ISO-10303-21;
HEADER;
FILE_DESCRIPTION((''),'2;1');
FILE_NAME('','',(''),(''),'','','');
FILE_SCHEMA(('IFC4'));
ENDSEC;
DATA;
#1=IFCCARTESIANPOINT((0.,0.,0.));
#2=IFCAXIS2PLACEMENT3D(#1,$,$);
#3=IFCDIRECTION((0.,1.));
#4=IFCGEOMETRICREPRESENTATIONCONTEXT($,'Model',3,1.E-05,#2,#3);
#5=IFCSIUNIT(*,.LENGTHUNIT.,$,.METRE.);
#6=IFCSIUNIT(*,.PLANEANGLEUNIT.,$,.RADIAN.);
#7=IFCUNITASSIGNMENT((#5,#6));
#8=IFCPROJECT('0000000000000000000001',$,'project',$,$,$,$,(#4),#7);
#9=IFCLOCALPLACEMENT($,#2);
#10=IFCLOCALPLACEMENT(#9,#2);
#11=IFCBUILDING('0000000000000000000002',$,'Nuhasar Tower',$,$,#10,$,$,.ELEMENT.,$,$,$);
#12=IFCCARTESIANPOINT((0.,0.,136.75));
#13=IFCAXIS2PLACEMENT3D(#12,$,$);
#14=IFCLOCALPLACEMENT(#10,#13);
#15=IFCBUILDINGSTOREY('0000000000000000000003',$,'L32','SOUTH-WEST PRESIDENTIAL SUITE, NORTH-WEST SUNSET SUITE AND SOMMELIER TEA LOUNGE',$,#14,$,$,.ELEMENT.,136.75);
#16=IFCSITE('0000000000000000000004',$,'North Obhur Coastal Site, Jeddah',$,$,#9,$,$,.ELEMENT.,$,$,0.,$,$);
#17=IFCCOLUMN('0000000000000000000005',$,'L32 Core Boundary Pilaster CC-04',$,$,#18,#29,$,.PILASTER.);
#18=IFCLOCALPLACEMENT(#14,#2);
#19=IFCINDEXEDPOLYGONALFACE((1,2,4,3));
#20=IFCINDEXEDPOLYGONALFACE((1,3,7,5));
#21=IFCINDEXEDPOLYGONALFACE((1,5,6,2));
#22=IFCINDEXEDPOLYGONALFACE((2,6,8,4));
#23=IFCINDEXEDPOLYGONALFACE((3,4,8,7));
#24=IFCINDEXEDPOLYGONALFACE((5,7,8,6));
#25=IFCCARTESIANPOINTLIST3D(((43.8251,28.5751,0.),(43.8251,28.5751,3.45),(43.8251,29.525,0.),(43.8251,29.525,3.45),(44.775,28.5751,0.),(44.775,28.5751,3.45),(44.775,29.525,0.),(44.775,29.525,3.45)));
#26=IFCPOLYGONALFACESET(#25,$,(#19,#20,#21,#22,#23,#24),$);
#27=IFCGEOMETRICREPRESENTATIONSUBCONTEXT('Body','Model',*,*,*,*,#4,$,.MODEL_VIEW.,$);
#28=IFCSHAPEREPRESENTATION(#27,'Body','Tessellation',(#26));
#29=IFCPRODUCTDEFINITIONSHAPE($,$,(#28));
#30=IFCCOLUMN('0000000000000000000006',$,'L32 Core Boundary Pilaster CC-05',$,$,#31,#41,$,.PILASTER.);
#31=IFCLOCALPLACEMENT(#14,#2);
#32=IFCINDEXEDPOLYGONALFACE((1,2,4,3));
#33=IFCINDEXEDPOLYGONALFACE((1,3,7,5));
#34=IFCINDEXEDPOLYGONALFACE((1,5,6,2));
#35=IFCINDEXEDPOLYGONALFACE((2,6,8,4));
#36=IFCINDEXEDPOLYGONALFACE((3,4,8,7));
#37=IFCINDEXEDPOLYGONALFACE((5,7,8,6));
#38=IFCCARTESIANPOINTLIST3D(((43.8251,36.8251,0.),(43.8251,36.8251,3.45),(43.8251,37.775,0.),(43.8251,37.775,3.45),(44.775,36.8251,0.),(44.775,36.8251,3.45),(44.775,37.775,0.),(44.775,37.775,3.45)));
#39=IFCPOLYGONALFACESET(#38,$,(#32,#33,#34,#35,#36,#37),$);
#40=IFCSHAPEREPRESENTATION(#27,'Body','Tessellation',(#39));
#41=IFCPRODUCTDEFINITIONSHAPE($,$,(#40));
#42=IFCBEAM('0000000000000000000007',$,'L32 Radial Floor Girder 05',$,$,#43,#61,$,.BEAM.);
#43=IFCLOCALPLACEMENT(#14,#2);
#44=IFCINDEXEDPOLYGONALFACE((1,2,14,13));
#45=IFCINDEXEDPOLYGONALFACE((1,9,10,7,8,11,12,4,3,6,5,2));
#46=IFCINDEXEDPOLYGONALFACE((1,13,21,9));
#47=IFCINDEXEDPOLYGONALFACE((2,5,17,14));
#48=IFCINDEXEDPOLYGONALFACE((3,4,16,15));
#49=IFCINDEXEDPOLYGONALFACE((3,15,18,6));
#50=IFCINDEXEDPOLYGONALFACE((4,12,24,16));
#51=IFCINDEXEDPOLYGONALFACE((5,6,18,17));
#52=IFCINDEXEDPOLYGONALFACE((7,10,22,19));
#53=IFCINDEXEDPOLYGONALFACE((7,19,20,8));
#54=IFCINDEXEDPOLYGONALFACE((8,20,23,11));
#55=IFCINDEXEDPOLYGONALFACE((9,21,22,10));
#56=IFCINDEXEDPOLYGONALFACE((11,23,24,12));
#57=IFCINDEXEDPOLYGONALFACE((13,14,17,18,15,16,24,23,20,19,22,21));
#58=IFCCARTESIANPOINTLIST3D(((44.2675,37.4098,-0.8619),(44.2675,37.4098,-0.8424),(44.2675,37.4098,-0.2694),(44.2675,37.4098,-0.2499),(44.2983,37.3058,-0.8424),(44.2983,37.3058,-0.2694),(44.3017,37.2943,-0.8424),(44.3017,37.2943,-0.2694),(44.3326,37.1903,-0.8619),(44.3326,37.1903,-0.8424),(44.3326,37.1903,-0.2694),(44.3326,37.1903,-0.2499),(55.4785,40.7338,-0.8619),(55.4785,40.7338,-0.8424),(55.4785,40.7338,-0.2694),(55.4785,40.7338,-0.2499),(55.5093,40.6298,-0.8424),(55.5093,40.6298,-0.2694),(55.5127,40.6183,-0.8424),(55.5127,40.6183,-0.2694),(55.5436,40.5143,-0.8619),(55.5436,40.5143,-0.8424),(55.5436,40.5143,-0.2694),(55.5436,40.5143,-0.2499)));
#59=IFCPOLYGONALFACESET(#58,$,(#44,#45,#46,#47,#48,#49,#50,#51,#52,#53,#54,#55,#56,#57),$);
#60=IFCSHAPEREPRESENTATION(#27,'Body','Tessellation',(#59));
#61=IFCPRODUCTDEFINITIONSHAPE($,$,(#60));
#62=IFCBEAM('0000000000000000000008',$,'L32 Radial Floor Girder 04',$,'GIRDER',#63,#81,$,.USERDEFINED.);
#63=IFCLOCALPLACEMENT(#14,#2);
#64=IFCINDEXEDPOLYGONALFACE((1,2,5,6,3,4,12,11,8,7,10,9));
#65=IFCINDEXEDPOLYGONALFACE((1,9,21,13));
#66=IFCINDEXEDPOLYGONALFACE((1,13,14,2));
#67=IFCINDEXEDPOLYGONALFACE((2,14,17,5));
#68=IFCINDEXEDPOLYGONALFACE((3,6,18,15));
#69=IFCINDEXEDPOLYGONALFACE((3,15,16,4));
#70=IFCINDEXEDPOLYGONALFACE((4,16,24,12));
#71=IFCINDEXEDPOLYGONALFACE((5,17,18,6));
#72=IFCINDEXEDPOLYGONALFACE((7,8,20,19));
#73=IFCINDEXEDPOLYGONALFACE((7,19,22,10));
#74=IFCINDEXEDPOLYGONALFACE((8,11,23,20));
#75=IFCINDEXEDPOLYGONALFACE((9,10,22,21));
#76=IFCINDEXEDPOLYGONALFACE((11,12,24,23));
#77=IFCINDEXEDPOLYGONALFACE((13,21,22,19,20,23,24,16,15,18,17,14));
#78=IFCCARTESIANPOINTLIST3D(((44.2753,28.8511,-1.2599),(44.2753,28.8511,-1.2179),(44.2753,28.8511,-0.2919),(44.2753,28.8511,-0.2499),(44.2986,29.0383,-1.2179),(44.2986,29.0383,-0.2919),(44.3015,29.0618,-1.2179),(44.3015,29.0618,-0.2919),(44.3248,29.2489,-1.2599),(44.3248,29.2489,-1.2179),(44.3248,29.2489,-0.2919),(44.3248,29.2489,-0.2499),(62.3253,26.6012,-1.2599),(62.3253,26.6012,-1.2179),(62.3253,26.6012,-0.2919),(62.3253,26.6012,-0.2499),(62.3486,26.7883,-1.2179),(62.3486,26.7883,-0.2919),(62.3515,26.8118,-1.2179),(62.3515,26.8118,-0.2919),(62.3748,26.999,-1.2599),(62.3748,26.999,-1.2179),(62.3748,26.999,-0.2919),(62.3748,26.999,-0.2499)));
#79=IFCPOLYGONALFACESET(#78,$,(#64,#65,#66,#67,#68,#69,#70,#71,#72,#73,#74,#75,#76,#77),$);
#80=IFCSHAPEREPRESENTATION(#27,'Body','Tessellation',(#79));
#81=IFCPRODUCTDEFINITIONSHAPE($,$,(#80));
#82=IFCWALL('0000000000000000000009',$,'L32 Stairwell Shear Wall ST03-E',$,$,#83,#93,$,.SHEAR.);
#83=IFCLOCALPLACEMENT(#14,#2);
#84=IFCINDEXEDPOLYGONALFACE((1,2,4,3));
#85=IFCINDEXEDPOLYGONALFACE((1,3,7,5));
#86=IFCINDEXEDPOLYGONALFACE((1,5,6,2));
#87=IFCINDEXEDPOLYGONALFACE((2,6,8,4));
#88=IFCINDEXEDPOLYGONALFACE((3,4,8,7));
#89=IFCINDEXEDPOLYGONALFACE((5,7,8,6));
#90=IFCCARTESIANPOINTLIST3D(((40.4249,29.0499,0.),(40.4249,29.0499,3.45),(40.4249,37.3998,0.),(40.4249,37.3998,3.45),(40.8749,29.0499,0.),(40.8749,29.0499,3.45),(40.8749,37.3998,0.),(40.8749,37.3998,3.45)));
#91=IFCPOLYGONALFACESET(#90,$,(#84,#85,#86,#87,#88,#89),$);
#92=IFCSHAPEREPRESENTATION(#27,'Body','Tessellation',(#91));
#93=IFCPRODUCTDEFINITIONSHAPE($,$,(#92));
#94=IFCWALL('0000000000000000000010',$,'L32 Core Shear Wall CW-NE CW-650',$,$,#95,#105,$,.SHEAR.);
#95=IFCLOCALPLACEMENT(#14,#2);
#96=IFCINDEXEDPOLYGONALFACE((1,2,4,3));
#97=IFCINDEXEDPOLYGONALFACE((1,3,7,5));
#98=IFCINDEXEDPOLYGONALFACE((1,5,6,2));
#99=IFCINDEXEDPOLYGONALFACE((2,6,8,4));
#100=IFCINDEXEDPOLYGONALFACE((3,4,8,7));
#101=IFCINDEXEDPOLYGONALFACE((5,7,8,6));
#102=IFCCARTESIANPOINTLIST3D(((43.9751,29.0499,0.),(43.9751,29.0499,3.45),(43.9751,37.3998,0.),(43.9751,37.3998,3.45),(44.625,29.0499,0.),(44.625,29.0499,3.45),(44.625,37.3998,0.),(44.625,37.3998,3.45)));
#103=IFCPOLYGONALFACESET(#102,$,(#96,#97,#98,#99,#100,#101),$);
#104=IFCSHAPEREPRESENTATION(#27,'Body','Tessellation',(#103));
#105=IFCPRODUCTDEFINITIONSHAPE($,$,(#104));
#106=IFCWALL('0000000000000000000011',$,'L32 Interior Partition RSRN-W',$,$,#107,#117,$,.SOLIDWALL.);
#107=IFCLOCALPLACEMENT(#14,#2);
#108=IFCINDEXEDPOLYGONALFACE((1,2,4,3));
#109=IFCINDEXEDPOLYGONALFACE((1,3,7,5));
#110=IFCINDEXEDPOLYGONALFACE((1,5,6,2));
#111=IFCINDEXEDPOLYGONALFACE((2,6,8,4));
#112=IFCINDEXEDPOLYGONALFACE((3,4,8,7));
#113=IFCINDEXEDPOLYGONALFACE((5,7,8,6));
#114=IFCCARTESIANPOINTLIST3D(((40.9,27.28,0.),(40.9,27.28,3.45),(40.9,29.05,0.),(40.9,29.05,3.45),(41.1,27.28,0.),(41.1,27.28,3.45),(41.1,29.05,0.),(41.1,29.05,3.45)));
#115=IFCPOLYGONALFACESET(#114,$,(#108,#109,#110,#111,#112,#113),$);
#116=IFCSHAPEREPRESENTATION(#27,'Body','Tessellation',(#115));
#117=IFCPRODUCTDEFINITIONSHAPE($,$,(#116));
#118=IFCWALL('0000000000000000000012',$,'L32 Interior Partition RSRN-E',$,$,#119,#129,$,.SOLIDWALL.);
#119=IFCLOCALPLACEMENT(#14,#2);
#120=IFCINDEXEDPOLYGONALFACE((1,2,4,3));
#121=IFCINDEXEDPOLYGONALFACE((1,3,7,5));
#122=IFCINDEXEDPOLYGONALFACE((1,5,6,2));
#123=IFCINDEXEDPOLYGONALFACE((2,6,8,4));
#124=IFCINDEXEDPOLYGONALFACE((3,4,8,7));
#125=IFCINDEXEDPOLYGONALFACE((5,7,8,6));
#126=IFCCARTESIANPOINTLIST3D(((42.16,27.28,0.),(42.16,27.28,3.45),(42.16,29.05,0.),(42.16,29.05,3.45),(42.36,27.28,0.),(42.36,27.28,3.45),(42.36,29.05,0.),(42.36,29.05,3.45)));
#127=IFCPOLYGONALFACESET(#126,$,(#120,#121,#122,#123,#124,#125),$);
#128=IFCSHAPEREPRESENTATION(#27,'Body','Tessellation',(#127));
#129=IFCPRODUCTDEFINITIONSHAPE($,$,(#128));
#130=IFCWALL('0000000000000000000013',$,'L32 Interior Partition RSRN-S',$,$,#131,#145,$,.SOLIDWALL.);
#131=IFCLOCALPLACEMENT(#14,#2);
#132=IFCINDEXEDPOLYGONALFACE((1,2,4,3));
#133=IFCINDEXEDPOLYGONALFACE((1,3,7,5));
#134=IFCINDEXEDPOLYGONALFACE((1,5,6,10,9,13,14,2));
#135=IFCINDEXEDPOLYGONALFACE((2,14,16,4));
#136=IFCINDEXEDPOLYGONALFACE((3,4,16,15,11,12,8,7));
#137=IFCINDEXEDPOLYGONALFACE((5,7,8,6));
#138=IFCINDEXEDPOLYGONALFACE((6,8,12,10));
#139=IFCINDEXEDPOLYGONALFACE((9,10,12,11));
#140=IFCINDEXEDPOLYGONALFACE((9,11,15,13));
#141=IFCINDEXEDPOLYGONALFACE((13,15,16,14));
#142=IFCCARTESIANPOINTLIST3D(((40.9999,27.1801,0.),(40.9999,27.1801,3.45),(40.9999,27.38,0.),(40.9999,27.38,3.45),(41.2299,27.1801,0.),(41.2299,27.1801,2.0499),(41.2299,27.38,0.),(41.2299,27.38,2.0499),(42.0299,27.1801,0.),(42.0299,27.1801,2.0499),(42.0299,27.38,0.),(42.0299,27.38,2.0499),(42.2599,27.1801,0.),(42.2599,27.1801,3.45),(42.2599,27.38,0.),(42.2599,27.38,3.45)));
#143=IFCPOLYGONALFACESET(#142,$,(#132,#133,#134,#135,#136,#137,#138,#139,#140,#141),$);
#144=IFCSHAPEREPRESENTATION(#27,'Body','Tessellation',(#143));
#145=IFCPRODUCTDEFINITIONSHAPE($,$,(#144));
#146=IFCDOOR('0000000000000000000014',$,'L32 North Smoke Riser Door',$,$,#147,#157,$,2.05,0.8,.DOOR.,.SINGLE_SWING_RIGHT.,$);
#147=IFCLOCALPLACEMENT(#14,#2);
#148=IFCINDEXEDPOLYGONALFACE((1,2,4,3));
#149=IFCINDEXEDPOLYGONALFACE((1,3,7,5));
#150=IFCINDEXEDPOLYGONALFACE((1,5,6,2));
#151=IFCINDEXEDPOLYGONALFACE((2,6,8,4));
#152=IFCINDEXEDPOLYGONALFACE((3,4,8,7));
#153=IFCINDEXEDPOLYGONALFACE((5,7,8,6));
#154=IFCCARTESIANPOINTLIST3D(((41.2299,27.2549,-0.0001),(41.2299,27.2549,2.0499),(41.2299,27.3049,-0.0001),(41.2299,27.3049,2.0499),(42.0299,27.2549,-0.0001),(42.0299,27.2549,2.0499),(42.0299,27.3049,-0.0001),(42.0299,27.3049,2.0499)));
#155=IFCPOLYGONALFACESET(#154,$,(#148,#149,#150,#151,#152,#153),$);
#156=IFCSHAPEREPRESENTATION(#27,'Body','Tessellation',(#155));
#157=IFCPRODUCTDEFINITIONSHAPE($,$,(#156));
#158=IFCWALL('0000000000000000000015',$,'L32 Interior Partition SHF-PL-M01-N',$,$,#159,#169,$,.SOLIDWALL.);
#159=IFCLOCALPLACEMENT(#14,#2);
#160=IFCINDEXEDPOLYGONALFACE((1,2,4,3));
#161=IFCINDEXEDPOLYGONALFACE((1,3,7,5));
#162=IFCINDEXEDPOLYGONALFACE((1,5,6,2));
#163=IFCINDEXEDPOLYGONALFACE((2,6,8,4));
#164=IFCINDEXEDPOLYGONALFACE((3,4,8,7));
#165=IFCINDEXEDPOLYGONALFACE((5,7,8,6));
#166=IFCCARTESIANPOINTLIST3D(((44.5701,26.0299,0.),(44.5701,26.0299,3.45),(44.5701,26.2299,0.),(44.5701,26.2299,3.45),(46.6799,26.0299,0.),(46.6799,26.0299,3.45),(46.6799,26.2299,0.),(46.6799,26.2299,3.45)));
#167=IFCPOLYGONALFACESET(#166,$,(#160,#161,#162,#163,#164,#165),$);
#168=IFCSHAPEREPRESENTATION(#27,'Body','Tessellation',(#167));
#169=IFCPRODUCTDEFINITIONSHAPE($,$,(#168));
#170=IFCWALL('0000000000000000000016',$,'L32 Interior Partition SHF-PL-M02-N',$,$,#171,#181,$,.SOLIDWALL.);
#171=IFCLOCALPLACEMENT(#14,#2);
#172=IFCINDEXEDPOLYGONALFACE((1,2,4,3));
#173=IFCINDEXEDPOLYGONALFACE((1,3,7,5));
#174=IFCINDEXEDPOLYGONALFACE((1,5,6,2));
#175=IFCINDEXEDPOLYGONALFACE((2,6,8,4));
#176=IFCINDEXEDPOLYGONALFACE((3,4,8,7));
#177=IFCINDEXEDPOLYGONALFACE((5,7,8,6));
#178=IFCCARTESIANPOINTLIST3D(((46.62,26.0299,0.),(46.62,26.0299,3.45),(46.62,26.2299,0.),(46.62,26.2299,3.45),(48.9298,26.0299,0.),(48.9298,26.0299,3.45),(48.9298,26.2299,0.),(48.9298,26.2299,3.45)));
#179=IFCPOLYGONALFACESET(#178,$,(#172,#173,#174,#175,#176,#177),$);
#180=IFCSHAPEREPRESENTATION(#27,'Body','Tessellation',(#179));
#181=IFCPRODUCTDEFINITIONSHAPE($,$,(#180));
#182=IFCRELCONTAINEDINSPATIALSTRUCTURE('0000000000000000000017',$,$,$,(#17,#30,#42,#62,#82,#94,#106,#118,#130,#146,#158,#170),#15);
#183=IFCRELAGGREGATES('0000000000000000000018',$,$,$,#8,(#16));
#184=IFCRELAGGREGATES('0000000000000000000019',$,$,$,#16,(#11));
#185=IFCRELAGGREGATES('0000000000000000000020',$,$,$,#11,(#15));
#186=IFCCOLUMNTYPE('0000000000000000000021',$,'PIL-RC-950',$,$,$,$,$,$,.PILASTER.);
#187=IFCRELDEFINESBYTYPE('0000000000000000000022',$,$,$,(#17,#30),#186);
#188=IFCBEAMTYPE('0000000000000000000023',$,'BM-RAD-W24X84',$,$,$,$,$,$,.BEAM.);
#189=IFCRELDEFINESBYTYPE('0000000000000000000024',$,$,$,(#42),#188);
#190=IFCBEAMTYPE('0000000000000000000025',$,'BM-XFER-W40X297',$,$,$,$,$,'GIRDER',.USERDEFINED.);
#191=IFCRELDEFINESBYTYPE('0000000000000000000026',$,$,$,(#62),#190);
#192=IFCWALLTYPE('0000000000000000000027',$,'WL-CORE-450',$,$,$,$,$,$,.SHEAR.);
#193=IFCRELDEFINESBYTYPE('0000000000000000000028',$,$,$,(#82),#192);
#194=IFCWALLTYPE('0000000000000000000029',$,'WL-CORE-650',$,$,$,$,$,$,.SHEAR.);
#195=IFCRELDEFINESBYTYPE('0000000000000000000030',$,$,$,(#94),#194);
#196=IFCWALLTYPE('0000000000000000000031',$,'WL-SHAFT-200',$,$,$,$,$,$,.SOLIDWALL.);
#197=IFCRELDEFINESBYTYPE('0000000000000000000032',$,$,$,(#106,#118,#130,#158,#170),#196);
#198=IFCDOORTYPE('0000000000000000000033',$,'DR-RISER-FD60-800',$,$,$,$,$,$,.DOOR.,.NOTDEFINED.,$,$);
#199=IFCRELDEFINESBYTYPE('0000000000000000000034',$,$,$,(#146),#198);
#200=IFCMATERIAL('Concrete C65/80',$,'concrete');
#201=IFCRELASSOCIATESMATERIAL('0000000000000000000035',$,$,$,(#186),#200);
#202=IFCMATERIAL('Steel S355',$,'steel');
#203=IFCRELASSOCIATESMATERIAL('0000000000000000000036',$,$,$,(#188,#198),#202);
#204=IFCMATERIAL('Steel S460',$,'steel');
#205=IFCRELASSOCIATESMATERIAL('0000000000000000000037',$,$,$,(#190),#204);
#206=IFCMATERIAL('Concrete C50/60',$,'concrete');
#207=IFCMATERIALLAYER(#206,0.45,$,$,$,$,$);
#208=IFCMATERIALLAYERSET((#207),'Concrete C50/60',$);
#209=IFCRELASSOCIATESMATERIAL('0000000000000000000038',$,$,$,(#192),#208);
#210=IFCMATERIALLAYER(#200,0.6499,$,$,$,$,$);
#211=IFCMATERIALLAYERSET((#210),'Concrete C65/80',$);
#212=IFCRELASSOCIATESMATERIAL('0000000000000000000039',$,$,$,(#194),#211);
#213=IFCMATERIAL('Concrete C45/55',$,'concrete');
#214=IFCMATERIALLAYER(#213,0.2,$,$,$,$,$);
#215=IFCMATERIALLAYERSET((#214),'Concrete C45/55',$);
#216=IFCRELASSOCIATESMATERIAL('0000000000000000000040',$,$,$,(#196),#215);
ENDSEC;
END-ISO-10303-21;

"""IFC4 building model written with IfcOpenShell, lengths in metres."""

from ifc_helpers import new_model, si_unit, direction, frame, frame_2d, origin, origin_2d, place, context, subcontext, project, spatial, rectangle, i_section, extrude, material, layer, layer_set, material_profile, profile_set, type_object, element, fill, save


model = new_model("IFC4")

# Units and contexts
model_context = context("Model", 3, precision=1e-05, world=origin(), true_north=direction((0.0, 1.0)))
body_context = subcontext(model_context, "Body", "Model", "MODEL_VIEW")
ifc_project = project(units=[si_unit("LENGTHUNIT", "METRE"), si_unit("PLANEANGLEUNIT", "RADIAN")], contexts=[model_context])

# Site, building, storey
site_placement = place(None, origin())
site = spatial("IfcSite", under=ifc_project, at=site_placement, Name="North Obhur Coastal Site, Jeddah", CompositionType="ELEMENT", RefElevation=0.0)
building_placement = place(site_placement, origin())
building = spatial("IfcBuilding", under=site, at=building_placement, Name="Nuhasar Tower", CompositionType="ELEMENT")
storey_placement = place(building_placement, frame((0.0, 0.0, 136.75)))
storey = spatial("IfcBuildingStorey", under=building, at=storey_placement, Name="L32", Description="SOUTH-WEST PRESIDENTIAL SUITE, NORTH-WEST SUNSET SUITE AND SOMMELIER TEA LOUNGE", CompositionType="ELEMENT", Elevation=136.75)

# Columns
ifc_material_1 = material(Name="Concrete C65/80", Category="concrete")
ifc_material_profile_1 = material_profile(ifc_material_1, rectangle(XDim=0.95, YDim=0.95, at=origin_2d()), Name="RC950X950")
ifc_profile_set_1 = profile_set([ifc_material_profile_1], Name="Concrete C65/80")
column_type = type_object("IfcColumnType", Name="PIL-RC-950", PredefinedType="PILASTER", material=ifc_profile_set_1)
for number, where, z_axis, x_axis, name in (
    (1, (44.3, 29.05, 0.0), (0.0, 0.0, 1.0), (1.0, 0.0, 0.0), "L32 Core Boundary Pilaster CC-04"),
    (2, (44.3, 37.3, 0.0), (0.0, 0.0, 1.0), (1.0, 0.0, 0.0), "L32 Core Boundary Pilaster CC-05"),
):
    element("IfcColumn", number, at=place(storey_placement, frame(where, z_axis=z_axis, x_axis=x_axis)), inside=storey, type_object=column_type, Name=name, PredefinedType="PILASTER", context=body_context, shape_type="SweptSolid", body=[
        extrude(rectangle(XDim=0.95, YDim=0.95, at=origin_2d()), origin(), (0.0, 0.0, 1.0), 3.45),
    ])

# Beams
ifc_material_2 = material(Name="Steel S355", Category="steel")
ifc_material_profile_2 = material_profile(ifc_material_2, i_section(OverallWidth=0.229, OverallDepth=0.6121, WebThickness=0.012, FlangeThickness=0.0195, at=origin_2d()), Name="W24X84")
ifc_profile_set_2 = profile_set([ifc_material_profile_2], Name="Steel S355")
beam_type_1 = type_object("IfcBeamType", Name="BM-RAD-W24X84", PredefinedType="BEAM", material=ifc_profile_set_2)
beam_1_placement = place(storey_placement, frame((44.3, 37.3, -0.5559), z_axis=(0.958746, 0.284262, 0.0), x_axis=(-0.284262, 0.958746, 0.0)))
element("IfcBeam", 3, at=beam_1_placement, inside=storey, type_object=beam_type_1, Name="L32 Radial Floor Girder 05", PredefinedType="BEAM", context=body_context, shape_type="SweptSolid", body=[
    extrude(i_section(OverallWidth=0.229, OverallDepth=0.6121, WebThickness=0.012, FlangeThickness=0.0195, at=origin_2d()), origin(), (0.0, 0.0, 1.0), 11.6934),
])
ifc_material_3 = material(Name="Steel S460", Category="steel")
ifc_material_profile_3 = material_profile(ifc_material_3, i_section(OverallWidth=0.4009, OverallDepth=1.01, WebThickness=0.0237, FlangeThickness=0.042, at=origin_2d()), Name="W40X297")
ifc_profile_set_3 = profile_set([ifc_material_profile_3], Name="Steel S460")
beam_type_2 = type_object("IfcBeamType", Name="BM-XFER-W40X297", ElementType="GIRDER", PredefinedType="USERDEFINED", material=ifc_profile_set_3)
beam_2_placement = place(storey_placement, frame((44.3, 29.05, -0.7549), z_axis=(0.99232, -0.123696, 0.0), x_axis=(0.123696, 0.99232, 0.0)))
element("IfcBeam", 4, at=beam_2_placement, inside=storey, type_object=beam_type_2, Name="L32 Radial Floor Girder 04", ObjectType="GIRDER", PredefinedType="USERDEFINED", context=body_context, shape_type="SweptSolid", body=[
    extrude(i_section(OverallWidth=0.4009, OverallDepth=1.01, WebThickness=0.0237, FlangeThickness=0.042, at=origin_2d()), origin(), (0.0, 0.0, 1.0), 18.1897),
])

# Walls
ifc_material_4 = material(Name="Concrete C50/60", Category="concrete")
ifc_layer_1 = layer(ifc_material_4, 0.45)
ifc_layer_set_1 = layer_set([ifc_layer_1], Name="Concrete C50/60")
wall_type_1 = type_object("IfcWallType", Name="WL-CORE-450", PredefinedType="SHEAR", material=ifc_layer_set_1)
wall_1_placement = place(storey_placement, frame((40.6499, 29.05, 0.0), z_axis=(0.0, 0.0, 1.0), x_axis=(0.0, 1.0, 0.0)))
element("IfcWall", 5, at=wall_1_placement, inside=storey, type_object=wall_type_1, Name="L32 Stairwell Shear Wall ST03-E", PredefinedType="SHEAR", context=body_context, shape_type="SweptSolid", body=[
    extrude(rectangle(XDim=8.3499, YDim=0.45, at=frame_2d((4.1748, 0.0))), origin(), (0.0, 0.0, 1.0), 3.45),
])
ifc_layer_2 = layer(ifc_material_1, 0.6499)
ifc_layer_set_2 = layer_set([ifc_layer_2], Name="Concrete C65/80")
wall_type_2 = type_object("IfcWallType", Name="WL-CORE-650", PredefinedType="SHEAR", material=ifc_layer_set_2)
wall_2_placement = place(storey_placement, frame((44.3, 29.05, 0.0), z_axis=(0.0, 0.0, 1.0), x_axis=(0.0, 1.0, 0.0)))
element("IfcWall", 6, at=wall_2_placement, inside=storey, type_object=wall_type_2, Name="L32 Core Shear Wall CW-NE CW-650", PredefinedType="SHEAR", context=body_context, shape_type="SweptSolid", body=[
    extrude(rectangle(XDim=8.3499, YDim=0.6499, at=frame_2d((4.1748, 0.0))), origin(), (0.0, 0.0, 1.0), 3.45),
])
ifc_material_5 = material(Name="Concrete C45/55", Category="concrete")
ifc_layer_3 = layer(ifc_material_5, 0.2)
ifc_layer_set_3 = layer_set([ifc_layer_3], Name="Concrete C45/55")
wall_type_3 = type_object("IfcWallType", Name="WL-SHAFT-200", PredefinedType="SOLIDWALL", material=ifc_layer_set_3)
for number, where, z_axis, x_axis, name in (
    (7, (41.0, 27.28, 0.0), (0.0, 0.0, 1.0), (0.0, 1.0, 0.0), "L32 Interior Partition RSRN-W"),
    (8, (42.26, 27.28, 0.0), (0.0, 0.0, 1.0), (0.0, 1.0, 0.0), "L32 Interior Partition RSRN-E"),
):
    element("IfcWall", number, at=place(storey_placement, frame(where, z_axis=z_axis, x_axis=x_axis)), inside=storey, type_object=wall_type_3, Name=name, PredefinedType="SOLIDWALL", context=body_context, shape_type="SweptSolid", body=[
        extrude(rectangle(XDim=1.77, YDim=0.2, at=frame_2d((0.885, 0.0))), origin(), (0.0, 0.0, 1.0), 3.45),
    ])

# Wall, opening, door
wall_3_placement = place(storey_placement, frame((41.0, 27.28, 0.0), z_axis=(0.0, 0.0, 1.0), x_axis=(1.0, 0.0, 0.0)))
wall_3 = element("IfcWall", 9, at=wall_3_placement, inside=storey, type_object=wall_type_3, Name="L32 Interior Partition RSRN-S", PredefinedType="SOLIDWALL", context=body_context, shape_type="SweptSolid", body=[
    extrude(rectangle(XDim=1.26, YDim=0.2, at=frame_2d((0.6299, 0.0))), origin(), (0.0, 0.0, 1.0), 3.45),
])
opening_1_placement = place(wall_3_placement, frame((0.23, 0.0, 0.0)))
opening_1 = element("IfcOpeningElement", 10, at=opening_1_placement, cuts=wall_3, PredefinedType="OPENING", context=body_context, shape_type="SweptSolid", body=[
    extrude(rectangle(XDim=0.8, YDim=2.05, at=frame_2d((0.3999, 1.0249))), frame((0.0, 0.1099, 0.0), z_axis=(0.0, -1.0, 0.0), x_axis=(1.0, 0.0, 0.0)), (0.0, 0.0, 1.0), 0.22),
])
door_type_1 = type_object("IfcDoorType", Name="DR-RISER-FD60-800", OperationType="NOTDEFINED", PredefinedType="DOOR", material=ifc_material_2)
door_1_placement = place(opening_1_placement, origin())
door_1 = element("IfcDoor", 11, at=door_1_placement, inside=storey, type_object=door_type_1, Name="L32 North Smoke Riser Door", OperationType="SINGLE_SWING_RIGHT", OverallHeight=2.05, OverallWidth=0.8, PredefinedType="DOOR", context=body_context, shape_type="SweptSolid", body=[
    extrude(rectangle(XDim=0.8, YDim=2.05, at=frame_2d((0.3999, 1.0249))), frame((0.0, 0.0249, 0.0), z_axis=(0.0, -1.0, 0.0), x_axis=(1.0, 0.0, 0.0)), (0.0, 0.0, 1.0), 0.05),
])
fill(opening_1, door_1)

# Walls
wall_4_placement = place(storey_placement, frame((44.5701, 26.1299, 0.0), z_axis=(0.0, 0.0, 1.0), x_axis=(1.0, 0.0, 0.0)))
element("IfcWall", 12, at=wall_4_placement, inside=storey, type_object=wall_type_3, Name="L32 Interior Partition SHF-PL-M01-N", PredefinedType="SOLIDWALL", context=body_context, shape_type="SweptSolid", body=[
    extrude(rectangle(XDim=2.1099, YDim=0.2, at=frame_2d((1.0549, 0.0))), origin(), (0.0, 0.0, 1.0), 3.45),
])
wall_5_placement = place(storey_placement, frame((46.6201, 26.1299, 0.0), z_axis=(0.0, 0.0, 1.0), x_axis=(1.0, 0.0, 0.0)))
element("IfcWall", 13, at=wall_5_placement, inside=storey, type_object=wall_type_3, Name="L32 Interior Partition SHF-PL-M02-N", PredefinedType="SOLIDWALL", context=body_context, shape_type="SweptSolid", body=[
    extrude(rectangle(XDim=2.3098, YDim=0.2, at=frame_2d((1.1548, 0.0))), origin(), (0.0, 0.0, 1.0), 3.45),
])

save(model, "model.ifc")
